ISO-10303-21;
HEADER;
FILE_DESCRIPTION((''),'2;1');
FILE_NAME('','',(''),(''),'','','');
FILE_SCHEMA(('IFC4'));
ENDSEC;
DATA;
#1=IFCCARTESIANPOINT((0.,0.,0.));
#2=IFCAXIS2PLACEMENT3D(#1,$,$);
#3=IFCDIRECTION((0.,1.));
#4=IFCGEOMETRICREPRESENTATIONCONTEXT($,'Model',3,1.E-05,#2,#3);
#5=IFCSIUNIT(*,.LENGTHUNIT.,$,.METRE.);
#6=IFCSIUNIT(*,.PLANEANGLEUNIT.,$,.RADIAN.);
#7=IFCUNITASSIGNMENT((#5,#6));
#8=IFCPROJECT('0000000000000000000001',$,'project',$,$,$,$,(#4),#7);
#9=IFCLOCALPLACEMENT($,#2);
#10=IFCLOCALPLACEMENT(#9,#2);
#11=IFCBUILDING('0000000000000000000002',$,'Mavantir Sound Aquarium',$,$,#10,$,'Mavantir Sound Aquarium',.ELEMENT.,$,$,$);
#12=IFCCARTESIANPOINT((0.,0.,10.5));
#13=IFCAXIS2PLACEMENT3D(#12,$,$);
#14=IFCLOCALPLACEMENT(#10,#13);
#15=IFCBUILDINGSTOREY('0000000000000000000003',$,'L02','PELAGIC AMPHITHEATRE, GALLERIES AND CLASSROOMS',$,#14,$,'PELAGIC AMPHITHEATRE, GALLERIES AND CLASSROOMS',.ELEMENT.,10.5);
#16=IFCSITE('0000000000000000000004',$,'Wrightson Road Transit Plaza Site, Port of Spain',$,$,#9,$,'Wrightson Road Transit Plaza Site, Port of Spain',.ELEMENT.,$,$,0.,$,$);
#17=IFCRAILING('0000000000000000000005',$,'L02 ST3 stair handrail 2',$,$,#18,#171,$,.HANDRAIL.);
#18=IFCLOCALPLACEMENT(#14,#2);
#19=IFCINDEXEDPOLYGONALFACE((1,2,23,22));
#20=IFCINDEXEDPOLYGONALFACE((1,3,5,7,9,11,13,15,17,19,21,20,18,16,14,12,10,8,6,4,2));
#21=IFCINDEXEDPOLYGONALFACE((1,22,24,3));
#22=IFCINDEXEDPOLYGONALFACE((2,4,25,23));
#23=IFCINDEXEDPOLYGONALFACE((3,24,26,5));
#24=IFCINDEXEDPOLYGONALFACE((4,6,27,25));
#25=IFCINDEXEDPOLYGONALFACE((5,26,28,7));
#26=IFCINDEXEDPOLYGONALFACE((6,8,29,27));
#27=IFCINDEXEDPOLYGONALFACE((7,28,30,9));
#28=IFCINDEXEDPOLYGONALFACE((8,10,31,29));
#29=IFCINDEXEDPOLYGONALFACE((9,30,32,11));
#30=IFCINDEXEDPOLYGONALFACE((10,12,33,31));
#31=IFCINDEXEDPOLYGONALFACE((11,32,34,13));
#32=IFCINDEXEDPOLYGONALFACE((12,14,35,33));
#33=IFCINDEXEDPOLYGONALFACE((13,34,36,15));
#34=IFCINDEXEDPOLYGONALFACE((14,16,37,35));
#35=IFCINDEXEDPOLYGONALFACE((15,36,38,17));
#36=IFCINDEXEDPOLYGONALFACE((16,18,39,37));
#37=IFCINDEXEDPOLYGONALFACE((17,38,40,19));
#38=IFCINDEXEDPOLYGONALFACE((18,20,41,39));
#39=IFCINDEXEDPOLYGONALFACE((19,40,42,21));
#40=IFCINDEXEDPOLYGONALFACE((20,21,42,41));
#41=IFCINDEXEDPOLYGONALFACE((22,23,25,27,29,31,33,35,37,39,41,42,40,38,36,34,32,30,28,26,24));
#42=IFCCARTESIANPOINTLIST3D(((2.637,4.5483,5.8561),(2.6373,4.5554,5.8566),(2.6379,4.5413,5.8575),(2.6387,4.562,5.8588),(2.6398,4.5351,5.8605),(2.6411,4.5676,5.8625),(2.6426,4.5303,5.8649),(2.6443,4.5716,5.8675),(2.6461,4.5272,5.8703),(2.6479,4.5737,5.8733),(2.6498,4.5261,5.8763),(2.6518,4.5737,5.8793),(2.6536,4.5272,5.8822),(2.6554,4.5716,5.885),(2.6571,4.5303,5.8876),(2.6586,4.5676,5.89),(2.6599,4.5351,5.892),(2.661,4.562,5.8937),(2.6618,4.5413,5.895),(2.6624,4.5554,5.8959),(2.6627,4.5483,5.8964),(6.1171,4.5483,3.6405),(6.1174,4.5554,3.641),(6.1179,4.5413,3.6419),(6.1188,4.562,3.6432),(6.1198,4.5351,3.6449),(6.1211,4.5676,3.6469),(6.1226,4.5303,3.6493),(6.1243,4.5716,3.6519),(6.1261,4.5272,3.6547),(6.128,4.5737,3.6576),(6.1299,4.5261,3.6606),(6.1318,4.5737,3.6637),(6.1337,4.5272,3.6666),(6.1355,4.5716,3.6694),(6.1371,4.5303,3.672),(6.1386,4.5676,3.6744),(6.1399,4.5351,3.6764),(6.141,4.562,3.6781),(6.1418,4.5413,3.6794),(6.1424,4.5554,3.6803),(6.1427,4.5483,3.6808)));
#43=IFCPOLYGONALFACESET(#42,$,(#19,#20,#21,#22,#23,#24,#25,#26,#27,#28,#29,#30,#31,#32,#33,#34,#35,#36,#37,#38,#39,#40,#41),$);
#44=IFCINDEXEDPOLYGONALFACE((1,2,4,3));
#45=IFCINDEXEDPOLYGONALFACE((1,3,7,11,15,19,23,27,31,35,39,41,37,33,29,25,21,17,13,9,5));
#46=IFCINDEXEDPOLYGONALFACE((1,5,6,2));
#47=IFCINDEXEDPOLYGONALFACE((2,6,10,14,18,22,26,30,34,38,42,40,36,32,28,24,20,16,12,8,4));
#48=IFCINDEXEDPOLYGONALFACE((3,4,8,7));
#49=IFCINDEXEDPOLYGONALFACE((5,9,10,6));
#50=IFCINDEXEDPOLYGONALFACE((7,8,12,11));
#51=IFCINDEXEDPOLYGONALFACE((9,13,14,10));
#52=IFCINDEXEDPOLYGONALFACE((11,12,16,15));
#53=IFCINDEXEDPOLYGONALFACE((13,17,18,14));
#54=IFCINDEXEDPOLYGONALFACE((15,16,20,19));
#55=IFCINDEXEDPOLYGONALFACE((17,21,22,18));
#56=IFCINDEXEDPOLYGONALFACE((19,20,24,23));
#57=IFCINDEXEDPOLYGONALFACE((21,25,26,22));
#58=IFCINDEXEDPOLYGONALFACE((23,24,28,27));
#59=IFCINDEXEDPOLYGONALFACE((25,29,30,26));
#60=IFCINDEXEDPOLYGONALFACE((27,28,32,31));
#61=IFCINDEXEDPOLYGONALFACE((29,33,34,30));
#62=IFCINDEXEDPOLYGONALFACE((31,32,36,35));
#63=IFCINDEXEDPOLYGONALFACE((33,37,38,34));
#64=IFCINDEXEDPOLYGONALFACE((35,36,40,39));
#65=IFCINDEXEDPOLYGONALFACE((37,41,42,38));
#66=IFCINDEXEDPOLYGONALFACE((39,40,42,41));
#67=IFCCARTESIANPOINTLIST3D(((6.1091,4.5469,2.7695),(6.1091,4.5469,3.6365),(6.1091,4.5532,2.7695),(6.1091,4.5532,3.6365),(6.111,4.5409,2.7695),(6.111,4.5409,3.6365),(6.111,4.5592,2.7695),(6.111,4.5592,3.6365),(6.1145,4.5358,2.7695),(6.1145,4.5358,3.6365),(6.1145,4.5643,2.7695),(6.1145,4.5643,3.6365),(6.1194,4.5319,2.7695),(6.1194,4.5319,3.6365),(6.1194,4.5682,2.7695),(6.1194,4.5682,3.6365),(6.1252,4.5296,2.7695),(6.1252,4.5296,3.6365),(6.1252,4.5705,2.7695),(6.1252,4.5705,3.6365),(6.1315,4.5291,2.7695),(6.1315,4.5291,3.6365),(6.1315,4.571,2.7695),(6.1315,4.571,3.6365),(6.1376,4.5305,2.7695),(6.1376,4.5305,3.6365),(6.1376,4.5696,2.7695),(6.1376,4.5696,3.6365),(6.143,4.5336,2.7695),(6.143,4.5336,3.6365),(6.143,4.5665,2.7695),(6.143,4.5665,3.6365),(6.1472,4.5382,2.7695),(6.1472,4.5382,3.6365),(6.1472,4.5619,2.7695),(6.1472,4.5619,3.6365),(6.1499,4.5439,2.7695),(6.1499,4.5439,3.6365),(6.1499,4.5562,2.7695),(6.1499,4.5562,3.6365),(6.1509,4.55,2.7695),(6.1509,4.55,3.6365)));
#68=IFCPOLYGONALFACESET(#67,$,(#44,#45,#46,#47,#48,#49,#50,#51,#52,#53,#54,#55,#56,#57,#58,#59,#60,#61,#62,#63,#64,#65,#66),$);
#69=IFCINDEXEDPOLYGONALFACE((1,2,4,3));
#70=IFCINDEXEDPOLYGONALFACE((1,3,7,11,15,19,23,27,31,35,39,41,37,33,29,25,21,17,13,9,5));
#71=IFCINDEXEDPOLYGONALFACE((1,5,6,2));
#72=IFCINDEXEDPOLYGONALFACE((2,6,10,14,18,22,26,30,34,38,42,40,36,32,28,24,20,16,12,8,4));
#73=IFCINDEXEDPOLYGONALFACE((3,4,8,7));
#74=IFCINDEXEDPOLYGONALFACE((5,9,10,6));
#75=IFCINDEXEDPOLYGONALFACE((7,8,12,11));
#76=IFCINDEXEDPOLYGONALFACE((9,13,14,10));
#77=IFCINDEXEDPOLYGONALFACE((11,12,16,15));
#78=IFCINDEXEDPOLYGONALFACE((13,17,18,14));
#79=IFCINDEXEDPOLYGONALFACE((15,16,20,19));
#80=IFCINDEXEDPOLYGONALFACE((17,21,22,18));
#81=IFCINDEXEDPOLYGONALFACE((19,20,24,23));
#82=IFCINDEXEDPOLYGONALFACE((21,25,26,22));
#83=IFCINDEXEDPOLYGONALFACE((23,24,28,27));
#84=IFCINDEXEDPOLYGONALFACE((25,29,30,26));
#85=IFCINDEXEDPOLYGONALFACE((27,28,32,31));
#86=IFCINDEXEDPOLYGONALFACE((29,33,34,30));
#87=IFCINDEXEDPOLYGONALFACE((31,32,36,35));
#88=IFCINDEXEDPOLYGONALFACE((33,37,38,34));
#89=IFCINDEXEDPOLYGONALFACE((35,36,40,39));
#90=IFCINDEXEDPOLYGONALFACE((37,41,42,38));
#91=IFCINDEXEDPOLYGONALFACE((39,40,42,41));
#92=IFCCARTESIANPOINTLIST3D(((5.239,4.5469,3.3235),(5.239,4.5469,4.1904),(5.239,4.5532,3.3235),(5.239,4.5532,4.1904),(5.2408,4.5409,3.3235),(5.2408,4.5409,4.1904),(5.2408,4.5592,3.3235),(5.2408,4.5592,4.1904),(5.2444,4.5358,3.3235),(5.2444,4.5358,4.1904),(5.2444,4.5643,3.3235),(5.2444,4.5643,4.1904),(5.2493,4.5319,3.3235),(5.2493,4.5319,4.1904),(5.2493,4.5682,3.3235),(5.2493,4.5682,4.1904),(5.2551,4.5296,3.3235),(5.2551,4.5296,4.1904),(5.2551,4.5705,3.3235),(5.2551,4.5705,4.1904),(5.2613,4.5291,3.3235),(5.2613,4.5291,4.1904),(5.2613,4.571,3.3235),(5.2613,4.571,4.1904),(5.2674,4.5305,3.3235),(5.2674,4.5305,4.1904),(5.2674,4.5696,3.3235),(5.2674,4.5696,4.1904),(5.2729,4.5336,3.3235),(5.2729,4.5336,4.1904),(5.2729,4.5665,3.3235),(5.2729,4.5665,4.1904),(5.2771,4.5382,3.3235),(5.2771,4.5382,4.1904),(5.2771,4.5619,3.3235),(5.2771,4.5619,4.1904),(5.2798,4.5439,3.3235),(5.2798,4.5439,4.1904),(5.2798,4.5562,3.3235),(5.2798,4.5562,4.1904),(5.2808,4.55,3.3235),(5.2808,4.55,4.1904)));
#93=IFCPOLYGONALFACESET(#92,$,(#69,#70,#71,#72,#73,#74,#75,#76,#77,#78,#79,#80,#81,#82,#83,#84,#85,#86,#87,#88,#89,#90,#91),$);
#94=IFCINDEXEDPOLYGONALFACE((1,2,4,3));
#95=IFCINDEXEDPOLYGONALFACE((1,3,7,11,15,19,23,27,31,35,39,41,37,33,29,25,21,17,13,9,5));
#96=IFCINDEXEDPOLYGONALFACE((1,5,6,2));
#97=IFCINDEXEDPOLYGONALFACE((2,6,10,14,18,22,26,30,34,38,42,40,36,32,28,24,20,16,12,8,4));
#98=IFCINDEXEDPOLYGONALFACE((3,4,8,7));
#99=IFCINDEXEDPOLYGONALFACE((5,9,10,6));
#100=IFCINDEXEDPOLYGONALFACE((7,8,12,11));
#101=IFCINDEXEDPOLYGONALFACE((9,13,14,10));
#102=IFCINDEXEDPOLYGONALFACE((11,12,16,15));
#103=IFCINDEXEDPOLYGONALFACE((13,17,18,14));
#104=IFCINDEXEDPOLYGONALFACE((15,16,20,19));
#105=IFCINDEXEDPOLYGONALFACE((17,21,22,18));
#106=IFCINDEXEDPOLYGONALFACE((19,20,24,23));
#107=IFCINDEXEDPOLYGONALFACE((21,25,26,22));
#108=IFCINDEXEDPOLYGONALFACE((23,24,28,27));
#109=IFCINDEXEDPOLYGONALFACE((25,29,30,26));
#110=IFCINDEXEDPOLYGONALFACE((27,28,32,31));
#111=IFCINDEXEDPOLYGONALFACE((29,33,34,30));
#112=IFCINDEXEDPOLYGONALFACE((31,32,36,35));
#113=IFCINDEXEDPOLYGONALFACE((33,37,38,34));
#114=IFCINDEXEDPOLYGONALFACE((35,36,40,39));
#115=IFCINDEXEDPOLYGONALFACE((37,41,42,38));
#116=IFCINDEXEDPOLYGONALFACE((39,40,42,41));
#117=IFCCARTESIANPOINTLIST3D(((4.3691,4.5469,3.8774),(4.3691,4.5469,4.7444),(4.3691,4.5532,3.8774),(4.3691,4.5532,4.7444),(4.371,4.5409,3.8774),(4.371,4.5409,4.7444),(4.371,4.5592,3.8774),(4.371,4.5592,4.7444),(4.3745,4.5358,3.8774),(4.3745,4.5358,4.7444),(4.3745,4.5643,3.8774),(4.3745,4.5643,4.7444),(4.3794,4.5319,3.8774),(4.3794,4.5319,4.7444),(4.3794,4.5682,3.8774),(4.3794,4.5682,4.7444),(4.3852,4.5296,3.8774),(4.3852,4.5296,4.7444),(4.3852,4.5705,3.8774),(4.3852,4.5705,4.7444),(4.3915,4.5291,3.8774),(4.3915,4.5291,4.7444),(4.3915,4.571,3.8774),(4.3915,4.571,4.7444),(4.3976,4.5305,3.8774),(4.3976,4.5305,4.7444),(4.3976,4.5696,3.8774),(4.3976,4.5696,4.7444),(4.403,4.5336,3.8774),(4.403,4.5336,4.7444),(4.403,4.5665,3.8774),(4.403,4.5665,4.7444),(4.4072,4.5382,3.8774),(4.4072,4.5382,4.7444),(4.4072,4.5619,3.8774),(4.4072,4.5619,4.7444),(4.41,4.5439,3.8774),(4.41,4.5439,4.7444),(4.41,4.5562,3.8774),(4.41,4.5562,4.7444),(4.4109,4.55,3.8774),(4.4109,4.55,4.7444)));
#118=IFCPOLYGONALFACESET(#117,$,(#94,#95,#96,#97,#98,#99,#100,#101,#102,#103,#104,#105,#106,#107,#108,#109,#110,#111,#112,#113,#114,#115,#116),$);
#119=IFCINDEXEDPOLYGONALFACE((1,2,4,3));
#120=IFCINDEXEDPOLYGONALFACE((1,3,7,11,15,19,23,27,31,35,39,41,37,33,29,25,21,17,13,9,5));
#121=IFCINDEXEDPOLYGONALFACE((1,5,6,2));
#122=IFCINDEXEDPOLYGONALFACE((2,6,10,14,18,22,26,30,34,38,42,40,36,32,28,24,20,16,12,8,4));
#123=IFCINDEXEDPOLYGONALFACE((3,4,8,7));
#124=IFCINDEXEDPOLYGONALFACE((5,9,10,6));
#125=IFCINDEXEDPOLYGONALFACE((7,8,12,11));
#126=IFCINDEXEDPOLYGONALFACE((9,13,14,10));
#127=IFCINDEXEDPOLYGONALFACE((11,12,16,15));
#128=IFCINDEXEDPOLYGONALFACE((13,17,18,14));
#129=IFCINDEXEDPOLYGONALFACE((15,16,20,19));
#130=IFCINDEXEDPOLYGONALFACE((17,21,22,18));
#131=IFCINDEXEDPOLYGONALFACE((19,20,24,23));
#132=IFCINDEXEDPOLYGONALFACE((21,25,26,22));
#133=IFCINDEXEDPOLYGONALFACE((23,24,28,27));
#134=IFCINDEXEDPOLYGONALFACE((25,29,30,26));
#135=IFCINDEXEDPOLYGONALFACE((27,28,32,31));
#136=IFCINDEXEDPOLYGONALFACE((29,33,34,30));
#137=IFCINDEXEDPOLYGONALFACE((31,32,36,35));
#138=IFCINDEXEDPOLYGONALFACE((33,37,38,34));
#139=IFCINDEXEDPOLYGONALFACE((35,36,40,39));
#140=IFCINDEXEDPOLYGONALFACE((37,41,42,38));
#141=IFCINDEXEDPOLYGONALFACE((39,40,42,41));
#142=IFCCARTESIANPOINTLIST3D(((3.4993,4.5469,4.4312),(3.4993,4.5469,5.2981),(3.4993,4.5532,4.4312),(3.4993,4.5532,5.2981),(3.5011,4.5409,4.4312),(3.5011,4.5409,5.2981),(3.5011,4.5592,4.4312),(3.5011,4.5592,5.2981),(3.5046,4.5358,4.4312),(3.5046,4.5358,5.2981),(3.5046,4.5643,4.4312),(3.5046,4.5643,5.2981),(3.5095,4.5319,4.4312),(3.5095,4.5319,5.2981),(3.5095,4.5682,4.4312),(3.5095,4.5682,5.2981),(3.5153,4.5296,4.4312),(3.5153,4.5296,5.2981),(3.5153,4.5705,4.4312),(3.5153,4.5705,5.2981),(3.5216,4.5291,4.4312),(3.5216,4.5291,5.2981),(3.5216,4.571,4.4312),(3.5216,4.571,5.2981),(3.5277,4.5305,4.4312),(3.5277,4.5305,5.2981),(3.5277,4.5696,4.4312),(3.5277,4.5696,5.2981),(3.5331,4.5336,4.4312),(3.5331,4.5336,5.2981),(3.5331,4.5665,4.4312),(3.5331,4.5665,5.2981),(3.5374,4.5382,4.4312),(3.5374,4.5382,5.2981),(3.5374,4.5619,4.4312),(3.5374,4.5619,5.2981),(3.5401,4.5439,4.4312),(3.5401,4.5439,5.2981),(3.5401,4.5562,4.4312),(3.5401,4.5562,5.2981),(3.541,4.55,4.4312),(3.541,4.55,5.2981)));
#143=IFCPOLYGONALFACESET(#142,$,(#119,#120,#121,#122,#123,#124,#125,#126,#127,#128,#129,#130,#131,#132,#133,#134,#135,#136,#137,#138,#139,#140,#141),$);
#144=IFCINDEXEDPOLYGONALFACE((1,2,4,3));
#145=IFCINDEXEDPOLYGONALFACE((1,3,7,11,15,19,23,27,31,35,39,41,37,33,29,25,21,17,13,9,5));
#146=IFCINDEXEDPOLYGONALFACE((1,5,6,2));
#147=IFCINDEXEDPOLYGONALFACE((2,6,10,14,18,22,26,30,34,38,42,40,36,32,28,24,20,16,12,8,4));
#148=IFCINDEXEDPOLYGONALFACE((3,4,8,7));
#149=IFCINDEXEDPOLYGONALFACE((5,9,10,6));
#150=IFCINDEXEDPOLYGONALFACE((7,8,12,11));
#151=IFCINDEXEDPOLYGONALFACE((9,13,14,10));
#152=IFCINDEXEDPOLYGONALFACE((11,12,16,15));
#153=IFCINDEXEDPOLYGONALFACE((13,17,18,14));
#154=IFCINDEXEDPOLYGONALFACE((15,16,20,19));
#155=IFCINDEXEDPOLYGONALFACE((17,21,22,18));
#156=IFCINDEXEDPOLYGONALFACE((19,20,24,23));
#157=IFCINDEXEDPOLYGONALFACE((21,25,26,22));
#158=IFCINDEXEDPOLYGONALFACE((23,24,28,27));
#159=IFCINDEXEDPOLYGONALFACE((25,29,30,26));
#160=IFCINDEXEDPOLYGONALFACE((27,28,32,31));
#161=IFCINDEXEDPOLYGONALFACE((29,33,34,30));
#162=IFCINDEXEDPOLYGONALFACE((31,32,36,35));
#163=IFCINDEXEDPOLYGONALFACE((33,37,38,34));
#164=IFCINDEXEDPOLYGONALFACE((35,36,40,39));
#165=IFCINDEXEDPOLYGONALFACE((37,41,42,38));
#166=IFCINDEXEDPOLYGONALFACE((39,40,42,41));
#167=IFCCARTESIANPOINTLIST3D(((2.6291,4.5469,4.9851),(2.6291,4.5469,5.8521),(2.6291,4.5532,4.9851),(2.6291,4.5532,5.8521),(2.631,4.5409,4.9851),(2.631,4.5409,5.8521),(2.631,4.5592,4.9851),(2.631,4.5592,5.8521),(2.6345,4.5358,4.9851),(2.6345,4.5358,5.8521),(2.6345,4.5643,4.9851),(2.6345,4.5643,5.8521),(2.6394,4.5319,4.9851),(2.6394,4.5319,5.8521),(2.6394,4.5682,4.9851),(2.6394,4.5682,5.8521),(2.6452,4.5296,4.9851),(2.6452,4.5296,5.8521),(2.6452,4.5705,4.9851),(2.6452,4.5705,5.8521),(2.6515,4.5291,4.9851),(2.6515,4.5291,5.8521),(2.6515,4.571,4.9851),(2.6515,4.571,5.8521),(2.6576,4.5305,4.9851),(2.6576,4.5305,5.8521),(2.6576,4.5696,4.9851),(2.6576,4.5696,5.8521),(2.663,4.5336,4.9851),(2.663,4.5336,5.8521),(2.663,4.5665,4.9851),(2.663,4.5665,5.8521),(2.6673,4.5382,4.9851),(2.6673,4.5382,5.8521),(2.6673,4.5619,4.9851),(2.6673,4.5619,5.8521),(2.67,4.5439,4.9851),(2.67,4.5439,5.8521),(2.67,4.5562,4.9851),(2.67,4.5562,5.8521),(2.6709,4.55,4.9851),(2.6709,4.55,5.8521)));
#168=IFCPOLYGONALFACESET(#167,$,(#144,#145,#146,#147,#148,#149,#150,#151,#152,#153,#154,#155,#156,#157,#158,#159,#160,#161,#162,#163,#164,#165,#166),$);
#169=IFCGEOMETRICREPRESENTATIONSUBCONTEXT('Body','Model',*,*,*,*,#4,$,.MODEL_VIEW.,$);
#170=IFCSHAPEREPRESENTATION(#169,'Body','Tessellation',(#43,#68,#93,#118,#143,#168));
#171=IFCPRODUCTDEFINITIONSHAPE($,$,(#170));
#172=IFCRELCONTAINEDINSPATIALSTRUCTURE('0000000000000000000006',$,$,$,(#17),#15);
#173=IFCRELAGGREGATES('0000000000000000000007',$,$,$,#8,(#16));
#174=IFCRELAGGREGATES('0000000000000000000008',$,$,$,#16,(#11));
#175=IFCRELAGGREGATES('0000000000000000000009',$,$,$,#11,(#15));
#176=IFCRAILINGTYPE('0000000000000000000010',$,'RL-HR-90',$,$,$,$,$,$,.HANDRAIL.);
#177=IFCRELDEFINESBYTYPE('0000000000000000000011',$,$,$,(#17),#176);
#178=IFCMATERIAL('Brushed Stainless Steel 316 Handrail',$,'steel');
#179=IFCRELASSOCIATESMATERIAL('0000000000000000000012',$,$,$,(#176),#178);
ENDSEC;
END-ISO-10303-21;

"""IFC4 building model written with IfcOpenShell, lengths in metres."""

from ifc_helpers import new_model, si_unit, direction, frame, origin, origin_2d, place, context, subcontext, project, spatial, circle, extrude, material, type_object, element, save


model = new_model("IFC4")

# Units and contexts
model_context = context("Model", 3, precision=1e-05, world=origin(), true_north=direction((0.0, 1.0)))
body_context = subcontext(model_context, "Body", "Model", "MODEL_VIEW")
ifc_project = project(units=[si_unit("LENGTHUNIT", "METRE"), si_unit("PLANEANGLEUNIT", "RADIAN")], contexts=[model_context])

# Site, building, storey
site_placement = place(None, origin())
site = spatial("IfcSite", under=ifc_project, at=site_placement, Name="Wrightson Road Transit Plaza Site, Port of Spain", LongName="Wrightson Road Transit Plaza Site, Port of Spain", CompositionType="ELEMENT", RefElevation=0.0)
building_placement = place(site_placement, origin())
building = spatial("IfcBuilding", under=site, at=building_placement, Name="Mavantir Sound Aquarium", LongName="Mavantir Sound Aquarium", CompositionType="ELEMENT")
storey_placement = place(building_placement, frame((0.0, 0.0, 10.5)))
storey = spatial("IfcBuildingStorey", under=building, at=storey_placement, Name="L02", Description="PELAGIC AMPHITHEATRE, GALLERIES AND CLASSROOMS", LongName="PELAGIC AMPHITHEATRE, GALLERIES AND CLASSROOMS", CompositionType="ELEMENT", Elevation=10.5)

# Railing
ifc_material_1 = material(Name="Brushed Stainless Steel 316 Handrail", Category="steel")
railing_type_1 = type_object("IfcRailingType", Name="RL-HR-90", PredefinedType="HANDRAIL", material=ifc_material_1)
railing_1_placement = place(storey_placement, frame((6.1299, 4.55, 2.7695)))
element("IfcRailing", 1, at=railing_1_placement, inside=storey, type_object=railing_type_1, Name="L02 ST3 stair handrail 2", PredefinedType="HANDRAIL", context=body_context, shape_type="SweptSolid", body=[
    extrude(circle(Radius=0.0239, at=origin_2d()), frame((0.0, 0.0, 0.8911), z_axis=(-0.843547, 0.0, 0.537055), x_axis=(0.0, -1.0, 0.0)), (0.0, 0.0, 1.0), 4.1255),
    extrude(circle(Radius=0.021, at=origin_2d()), origin(), (0.0, 0.0, 1.0), 0.8669),
    extrude(circle(Radius=0.021, at=origin_2d()), frame((-0.8701, 0.0, 0.554)), (0.0, 0.0, 1.0), 0.8669),
    extrude(circle(Radius=0.021, at=origin_2d()), frame((-1.74, 0.0, 1.1079)), (0.0, 0.0, 1.0), 0.8669),
    extrude(circle(Radius=0.021, at=origin_2d()), frame((-2.6099, 0.0, 1.6616)), (0.0, 0.0, 1.0), 0.8669),
    extrude(circle(Radius=0.021, at=origin_2d()), frame((-3.48, 0.0, 2.2156)), (0.0, 0.0, 1.0), 0.8669),
])

save(model, "model.ifc")
